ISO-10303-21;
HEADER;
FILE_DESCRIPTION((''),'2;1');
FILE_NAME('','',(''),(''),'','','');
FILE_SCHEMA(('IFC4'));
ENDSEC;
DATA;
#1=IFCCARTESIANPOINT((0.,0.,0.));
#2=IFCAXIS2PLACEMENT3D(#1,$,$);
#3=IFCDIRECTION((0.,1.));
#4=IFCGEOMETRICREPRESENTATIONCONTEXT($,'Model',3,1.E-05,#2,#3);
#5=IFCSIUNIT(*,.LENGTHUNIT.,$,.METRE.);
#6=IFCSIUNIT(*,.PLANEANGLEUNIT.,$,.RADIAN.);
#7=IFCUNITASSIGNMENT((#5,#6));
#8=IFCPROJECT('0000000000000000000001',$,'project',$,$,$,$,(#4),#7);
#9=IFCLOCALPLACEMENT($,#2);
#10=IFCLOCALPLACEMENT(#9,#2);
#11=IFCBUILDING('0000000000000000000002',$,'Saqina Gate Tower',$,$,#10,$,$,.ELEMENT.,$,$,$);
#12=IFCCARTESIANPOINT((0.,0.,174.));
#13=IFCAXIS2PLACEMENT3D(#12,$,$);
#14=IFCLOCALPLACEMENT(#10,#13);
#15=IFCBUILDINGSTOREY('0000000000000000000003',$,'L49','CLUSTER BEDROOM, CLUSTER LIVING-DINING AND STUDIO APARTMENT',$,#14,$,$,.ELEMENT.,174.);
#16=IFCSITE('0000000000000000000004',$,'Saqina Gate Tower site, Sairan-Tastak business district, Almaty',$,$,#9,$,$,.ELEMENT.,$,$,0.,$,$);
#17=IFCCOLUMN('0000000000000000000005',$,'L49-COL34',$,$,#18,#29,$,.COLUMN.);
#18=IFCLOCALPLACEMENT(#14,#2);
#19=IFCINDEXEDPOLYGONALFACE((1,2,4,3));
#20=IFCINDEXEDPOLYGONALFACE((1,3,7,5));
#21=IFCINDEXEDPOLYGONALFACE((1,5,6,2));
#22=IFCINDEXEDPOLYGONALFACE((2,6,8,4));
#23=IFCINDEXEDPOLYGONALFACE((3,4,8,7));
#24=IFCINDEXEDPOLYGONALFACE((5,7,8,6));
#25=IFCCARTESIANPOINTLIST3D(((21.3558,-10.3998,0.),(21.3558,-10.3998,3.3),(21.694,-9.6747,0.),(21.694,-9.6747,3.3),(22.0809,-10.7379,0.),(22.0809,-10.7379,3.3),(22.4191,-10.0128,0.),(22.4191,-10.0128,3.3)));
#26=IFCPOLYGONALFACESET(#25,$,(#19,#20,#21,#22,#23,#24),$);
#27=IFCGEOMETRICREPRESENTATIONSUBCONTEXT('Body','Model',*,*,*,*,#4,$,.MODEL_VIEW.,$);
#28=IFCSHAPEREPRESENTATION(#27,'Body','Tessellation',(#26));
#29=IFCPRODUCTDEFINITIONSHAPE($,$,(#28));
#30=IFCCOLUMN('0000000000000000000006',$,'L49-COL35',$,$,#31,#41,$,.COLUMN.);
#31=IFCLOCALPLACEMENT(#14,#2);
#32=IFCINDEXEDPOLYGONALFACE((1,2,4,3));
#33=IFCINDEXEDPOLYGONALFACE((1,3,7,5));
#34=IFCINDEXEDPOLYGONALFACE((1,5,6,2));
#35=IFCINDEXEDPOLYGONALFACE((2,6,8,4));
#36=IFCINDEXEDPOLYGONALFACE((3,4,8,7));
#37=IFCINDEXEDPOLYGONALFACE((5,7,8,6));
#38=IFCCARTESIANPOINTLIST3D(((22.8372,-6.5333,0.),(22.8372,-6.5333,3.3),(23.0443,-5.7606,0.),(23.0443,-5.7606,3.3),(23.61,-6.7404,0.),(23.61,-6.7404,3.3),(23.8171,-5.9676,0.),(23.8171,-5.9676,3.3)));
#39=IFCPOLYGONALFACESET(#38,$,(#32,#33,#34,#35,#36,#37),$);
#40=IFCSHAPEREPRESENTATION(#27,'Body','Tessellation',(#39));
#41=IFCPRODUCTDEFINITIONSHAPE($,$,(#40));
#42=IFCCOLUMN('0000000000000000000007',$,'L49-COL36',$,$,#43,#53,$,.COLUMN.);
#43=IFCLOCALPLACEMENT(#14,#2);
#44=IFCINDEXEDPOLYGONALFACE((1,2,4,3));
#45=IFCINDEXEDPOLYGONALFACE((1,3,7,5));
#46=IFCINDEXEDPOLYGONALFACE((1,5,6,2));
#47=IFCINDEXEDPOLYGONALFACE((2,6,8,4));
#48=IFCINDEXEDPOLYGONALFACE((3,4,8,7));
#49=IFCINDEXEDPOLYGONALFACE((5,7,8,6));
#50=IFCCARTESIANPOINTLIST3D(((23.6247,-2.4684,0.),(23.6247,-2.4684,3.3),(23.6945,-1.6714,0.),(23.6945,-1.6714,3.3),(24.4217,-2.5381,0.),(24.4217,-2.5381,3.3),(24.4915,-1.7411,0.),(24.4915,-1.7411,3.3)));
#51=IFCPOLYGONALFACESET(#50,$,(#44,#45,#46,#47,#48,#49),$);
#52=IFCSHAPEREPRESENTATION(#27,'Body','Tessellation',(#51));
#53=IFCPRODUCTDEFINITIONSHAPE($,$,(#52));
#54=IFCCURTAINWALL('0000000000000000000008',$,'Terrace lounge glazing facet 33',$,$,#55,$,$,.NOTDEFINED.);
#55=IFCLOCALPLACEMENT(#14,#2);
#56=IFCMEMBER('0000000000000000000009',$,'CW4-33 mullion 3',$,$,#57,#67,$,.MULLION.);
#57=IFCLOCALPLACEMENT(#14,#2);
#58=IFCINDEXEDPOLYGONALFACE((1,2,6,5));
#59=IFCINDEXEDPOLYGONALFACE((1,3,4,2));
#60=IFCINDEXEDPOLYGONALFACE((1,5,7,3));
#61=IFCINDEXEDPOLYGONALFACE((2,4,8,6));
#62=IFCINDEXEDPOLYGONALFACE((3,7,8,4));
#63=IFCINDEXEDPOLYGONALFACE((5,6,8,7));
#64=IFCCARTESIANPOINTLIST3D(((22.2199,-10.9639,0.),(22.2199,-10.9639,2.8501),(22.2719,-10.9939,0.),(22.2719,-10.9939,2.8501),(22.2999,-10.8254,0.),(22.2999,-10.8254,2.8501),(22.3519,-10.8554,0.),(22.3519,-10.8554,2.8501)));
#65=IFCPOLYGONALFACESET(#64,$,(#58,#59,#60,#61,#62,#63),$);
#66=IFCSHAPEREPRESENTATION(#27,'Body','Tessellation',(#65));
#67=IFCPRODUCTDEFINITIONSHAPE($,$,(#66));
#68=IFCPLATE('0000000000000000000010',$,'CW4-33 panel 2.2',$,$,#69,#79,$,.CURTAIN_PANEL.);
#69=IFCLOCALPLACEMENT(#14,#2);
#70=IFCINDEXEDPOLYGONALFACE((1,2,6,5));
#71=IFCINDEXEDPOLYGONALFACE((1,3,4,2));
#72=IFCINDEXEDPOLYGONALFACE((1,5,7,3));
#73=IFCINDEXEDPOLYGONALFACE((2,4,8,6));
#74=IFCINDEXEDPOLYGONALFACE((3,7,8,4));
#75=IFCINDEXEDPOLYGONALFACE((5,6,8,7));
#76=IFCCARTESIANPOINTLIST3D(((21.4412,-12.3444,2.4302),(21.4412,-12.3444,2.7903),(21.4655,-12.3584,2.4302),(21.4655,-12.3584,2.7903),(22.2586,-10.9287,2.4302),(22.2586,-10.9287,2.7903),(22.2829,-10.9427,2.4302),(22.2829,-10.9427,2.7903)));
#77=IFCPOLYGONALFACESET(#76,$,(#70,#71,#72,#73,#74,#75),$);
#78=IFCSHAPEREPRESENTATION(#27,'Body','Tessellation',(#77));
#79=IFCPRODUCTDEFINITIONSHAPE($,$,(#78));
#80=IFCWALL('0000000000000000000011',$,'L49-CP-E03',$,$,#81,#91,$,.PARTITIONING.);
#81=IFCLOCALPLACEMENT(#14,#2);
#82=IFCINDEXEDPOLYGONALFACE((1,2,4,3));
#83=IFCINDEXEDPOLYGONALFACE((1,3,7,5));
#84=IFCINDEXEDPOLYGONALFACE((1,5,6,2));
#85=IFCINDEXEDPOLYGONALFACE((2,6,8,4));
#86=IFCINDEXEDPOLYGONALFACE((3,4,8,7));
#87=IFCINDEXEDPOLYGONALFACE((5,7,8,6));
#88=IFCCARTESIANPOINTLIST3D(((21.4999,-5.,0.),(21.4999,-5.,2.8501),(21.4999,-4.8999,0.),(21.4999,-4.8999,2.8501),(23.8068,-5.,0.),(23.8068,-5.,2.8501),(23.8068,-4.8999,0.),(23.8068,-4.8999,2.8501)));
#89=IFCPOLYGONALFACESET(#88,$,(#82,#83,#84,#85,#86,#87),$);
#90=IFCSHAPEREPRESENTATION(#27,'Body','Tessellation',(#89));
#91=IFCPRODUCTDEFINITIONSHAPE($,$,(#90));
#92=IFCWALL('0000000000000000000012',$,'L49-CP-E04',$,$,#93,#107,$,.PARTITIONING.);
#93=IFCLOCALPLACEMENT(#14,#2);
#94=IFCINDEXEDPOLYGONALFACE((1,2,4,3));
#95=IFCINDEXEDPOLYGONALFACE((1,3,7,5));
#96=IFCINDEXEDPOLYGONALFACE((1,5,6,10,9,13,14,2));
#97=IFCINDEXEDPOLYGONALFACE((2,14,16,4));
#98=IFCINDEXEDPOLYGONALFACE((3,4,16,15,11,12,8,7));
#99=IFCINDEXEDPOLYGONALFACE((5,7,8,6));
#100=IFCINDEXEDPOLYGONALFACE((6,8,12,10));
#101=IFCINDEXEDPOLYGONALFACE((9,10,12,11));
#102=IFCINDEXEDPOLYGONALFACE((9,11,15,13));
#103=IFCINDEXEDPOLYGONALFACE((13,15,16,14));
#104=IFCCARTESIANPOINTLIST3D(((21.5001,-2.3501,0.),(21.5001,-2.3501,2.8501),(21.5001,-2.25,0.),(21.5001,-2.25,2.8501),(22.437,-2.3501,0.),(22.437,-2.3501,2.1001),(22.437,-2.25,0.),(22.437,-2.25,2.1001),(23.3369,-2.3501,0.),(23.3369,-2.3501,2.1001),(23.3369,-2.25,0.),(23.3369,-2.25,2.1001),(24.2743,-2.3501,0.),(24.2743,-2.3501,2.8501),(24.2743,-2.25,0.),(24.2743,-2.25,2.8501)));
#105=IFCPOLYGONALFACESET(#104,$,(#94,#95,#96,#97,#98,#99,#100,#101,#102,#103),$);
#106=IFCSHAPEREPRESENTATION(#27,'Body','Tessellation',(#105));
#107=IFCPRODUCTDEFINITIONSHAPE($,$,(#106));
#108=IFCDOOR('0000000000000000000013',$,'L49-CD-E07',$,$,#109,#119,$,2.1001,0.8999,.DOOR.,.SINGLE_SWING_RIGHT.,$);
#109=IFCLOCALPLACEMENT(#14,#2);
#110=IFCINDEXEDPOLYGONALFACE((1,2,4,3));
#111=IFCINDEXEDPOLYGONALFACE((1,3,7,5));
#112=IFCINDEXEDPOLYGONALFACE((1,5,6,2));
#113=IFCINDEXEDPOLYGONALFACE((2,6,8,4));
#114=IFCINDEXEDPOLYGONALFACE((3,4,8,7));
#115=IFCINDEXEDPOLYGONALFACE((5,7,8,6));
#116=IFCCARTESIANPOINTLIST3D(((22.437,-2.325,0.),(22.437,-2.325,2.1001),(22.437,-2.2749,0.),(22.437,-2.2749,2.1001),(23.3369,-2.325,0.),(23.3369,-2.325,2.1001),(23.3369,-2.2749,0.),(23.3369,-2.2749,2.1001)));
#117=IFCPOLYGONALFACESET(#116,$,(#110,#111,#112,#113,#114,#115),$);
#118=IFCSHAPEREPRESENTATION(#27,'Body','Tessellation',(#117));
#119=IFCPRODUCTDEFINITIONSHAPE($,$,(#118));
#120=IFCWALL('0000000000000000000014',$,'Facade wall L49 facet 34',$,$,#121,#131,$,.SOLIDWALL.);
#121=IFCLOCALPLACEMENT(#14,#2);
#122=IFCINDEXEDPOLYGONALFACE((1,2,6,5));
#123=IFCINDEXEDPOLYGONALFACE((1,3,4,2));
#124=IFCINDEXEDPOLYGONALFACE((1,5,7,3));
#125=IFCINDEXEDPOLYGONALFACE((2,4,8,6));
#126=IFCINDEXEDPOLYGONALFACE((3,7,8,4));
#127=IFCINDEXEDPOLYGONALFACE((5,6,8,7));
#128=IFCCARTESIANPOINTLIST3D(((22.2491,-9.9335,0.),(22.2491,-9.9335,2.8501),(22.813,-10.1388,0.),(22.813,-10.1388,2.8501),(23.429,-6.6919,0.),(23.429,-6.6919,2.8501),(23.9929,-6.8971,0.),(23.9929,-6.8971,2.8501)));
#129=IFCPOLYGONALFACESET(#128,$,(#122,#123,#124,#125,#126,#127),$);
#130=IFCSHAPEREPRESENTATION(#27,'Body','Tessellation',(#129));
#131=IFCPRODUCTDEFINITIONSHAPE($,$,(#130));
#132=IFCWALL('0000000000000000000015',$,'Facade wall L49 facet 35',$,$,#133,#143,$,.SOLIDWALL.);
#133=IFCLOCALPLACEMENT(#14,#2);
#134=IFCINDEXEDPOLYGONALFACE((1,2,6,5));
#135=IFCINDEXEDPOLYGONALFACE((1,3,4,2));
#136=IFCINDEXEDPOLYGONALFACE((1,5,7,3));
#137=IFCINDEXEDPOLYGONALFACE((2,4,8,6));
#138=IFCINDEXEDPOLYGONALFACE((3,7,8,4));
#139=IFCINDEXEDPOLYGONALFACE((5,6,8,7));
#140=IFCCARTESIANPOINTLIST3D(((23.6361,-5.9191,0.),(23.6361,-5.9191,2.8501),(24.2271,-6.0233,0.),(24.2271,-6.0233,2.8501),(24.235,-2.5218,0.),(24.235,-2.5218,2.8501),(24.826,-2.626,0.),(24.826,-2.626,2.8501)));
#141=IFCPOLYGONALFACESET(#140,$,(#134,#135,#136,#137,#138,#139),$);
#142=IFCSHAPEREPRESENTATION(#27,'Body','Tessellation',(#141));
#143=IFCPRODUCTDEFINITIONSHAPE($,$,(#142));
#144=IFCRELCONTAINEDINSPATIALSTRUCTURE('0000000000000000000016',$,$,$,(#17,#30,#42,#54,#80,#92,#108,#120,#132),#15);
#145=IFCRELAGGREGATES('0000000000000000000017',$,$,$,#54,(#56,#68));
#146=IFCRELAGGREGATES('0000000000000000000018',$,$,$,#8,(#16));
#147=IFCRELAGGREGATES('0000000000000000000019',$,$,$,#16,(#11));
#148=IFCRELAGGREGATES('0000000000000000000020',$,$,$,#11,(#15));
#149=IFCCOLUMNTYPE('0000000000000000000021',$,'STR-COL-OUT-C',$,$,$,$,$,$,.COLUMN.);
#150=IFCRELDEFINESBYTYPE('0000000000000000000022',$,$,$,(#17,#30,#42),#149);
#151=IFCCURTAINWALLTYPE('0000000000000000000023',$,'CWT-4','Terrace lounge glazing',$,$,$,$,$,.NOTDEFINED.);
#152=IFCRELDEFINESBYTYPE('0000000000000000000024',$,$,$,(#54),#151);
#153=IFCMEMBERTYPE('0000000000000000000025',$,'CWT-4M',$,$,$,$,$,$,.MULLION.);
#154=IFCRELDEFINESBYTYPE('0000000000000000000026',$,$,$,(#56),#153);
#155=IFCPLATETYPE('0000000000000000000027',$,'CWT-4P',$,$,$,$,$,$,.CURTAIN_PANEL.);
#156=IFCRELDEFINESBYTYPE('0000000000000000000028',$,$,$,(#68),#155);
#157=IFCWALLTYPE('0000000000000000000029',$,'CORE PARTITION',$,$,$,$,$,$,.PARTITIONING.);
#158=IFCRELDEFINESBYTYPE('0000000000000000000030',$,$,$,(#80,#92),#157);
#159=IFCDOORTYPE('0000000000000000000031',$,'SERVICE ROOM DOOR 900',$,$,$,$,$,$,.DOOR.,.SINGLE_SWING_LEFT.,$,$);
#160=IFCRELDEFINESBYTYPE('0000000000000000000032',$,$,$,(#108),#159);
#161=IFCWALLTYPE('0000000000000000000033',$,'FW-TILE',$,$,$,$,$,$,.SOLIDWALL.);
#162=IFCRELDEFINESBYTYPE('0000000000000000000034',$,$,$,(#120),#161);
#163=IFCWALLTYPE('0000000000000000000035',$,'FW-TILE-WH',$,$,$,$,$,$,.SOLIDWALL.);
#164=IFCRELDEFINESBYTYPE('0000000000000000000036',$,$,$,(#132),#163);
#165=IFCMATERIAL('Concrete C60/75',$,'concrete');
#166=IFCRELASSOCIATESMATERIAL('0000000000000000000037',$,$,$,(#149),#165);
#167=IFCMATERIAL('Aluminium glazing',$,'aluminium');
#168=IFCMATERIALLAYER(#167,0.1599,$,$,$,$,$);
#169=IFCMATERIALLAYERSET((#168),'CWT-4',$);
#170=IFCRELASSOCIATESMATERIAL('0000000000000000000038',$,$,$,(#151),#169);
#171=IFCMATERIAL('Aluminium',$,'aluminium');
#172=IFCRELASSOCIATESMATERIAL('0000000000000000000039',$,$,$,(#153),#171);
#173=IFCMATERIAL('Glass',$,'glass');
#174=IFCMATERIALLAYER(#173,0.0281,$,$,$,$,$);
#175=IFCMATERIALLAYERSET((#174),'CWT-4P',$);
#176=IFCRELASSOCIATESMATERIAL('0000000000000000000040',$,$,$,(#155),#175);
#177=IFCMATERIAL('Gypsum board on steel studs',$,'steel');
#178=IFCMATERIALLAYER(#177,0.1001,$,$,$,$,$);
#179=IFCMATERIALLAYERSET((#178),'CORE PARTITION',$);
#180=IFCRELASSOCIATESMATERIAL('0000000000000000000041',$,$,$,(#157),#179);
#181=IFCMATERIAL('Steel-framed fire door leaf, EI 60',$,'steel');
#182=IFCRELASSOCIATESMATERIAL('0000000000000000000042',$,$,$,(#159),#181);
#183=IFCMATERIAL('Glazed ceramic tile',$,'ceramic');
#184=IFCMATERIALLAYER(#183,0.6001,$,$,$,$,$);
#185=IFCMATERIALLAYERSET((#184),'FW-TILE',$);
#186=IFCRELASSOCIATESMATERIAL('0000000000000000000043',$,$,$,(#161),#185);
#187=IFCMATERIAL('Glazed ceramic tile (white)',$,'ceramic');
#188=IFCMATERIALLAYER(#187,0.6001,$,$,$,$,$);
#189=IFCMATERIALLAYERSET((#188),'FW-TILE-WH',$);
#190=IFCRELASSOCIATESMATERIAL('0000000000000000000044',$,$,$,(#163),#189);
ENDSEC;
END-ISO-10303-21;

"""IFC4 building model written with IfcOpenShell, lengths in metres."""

from ifc_helpers import new_model, si_unit, direction, frame, frame_2d, origin, origin_2d, place, context, subcontext, project, spatial, rectangle, extrude, material, layer, layer_set, material_profile, profile_set, type_object, element, fill, aggregate, save


model = new_model("IFC4")

# Units and contexts
model_context = context("Model", 3, precision=1e-05, world=origin(), true_north=direction((0.0, 1.0)))
body_context = subcontext(model_context, "Body", "Model", "MODEL_VIEW")
ifc_project = project(units=[si_unit("LENGTHUNIT", "METRE"), si_unit("PLANEANGLEUNIT", "RADIAN")], contexts=[model_context])

# Site, building, storey
site_placement = place(None, origin())
site = spatial("IfcSite", under=ifc_project, at=site_placement, Name="Saqina Gate Tower site, Sairan-Tastak business district, Almaty", CompositionType="ELEMENT", RefElevation=0.0)
building_placement = place(site_placement, origin())
building = spatial("IfcBuilding", under=site, at=building_placement, Name="Saqina Gate Tower", CompositionType="ELEMENT")
storey_placement = place(building_placement, frame((0.0, 0.0, 174.0)))
storey = spatial("IfcBuildingStorey", under=building, at=storey_placement, Name="L49", Description="CLUSTER BEDROOM, CLUSTER LIVING-DINING AND STUDIO APARTMENT", CompositionType="ELEMENT", Elevation=174.0)

# Columns
ifc_material_1 = material(Name="Concrete C60/75", Category="concrete")
ifc_material_profile_1 = material_profile(ifc_material_1, rectangle(XDim=0.8, YDim=0.8, at=origin_2d()), Name="RC 800x800")
ifc_profile_set_1 = profile_set([ifc_material_profile_1], Name="Concrete C60/75")
column_type = type_object("IfcColumnType", Name="STR-COL-OUT-C", PredefinedType="COLUMN", material=ifc_profile_set_1)
for number, where, z_axis, x_axis, name in (
    (1, (21.8875, -10.2063, 0.0), (0.0, 0.0, 1.0), (0.906308, -0.422618, 0.0), "L49-COL34"),
    (2, (23.3271, -6.2505, 0.0), (0.0, 0.0, 1.0), (0.965926, -0.258819, 0.0), "L49-COL35"),
    (3, (24.0581, -2.1047, 0.0), (0.0, 0.0, 1.0), (0.996195, -0.087156, 0.0), "L49-COL36"),
):
    element("IfcColumn", number, at=place(storey_placement, frame(where, z_axis=z_axis, x_axis=x_axis)), inside=storey, type_object=column_type, Name=name, PredefinedType="COLUMN", context=body_context, shape_type="SweptSolid", body=[
        extrude(rectangle(XDim=0.8, YDim=0.8, at=origin_2d()), origin(), (0.0, 0.0, 1.0), 3.3),
    ])

# Curtain wall, member, plate
ifc_material_2 = material(Name="Aluminium glazing", Category="aluminium")
ifc_layer_1 = layer(ifc_material_2, 0.1599)
ifc_layer_set_1 = layer_set([ifc_layer_1], Name="CWT-4")
curtain_wall_type = type_object("IfcCurtainWallType", Name="CWT-4", Description="Terrace lounge glazing", PredefinedType="NOTDEFINED", material=ifc_layer_set_1)
curtain_wall_placement = place(storey_placement, origin())
curtain_wall = element("IfcCurtainWall", 4, at=curtain_wall_placement, inside=storey, type_object=curtain_wall_type, Name="Terrace lounge glazing facet 33", PredefinedType="NOTDEFINED")
ifc_material_3 = material(Name="Aluminium", Category="aluminium")
ifc_material_profile_2 = material_profile(ifc_material_3, rectangle(XDim=0.0601, YDim=0.1599, at=origin_2d()), Name="Aluminium 60x160")
ifc_profile_set_2 = profile_set([ifc_material_profile_2], Name="Aluminium")
member_type = type_object("IfcMemberType", Name="CWT-4M", PredefinedType="MULLION", material=ifc_profile_set_2)
member_placement = place(storey_placement, frame((22.2859, -10.9097, 0.0), z_axis=(0.0, 0.0, 1.0), x_axis=(-0.866017, 0.500014, 0.0)))
member = element("IfcMember", 5, at=member_placement, type_object=member_type, Name="CW4-33 mullion 3", PredefinedType="MULLION", context=body_context, shape_type="SweptSolid", body=[
    extrude(rectangle(XDim=0.0601, YDim=0.1599, at=origin_2d()), origin(), (0.0, 0.0, 1.0), 2.8501),
])
ifc_material_4 = material(Name="Glass", Category="glass")
ifc_layer_2 = layer(ifc_material_4, 0.0281)
ifc_layer_set_2 = layer_set([ifc_layer_2], Name="CWT-4P")
plate_type = type_object("IfcPlateType", Name="CWT-4P", PredefinedType="CURTAIN_PANEL", material=ifc_layer_set_2)
plate_placement = place(storey_placement, frame((21.8621, -11.6436, 2.4302), z_axis=(0.0, 0.0, 1.0), x_axis=(0.500014, 0.866017, 0.0)))
plate = element("IfcPlate", 6, at=plate_placement, type_object=plate_type, Name="CW4-33 panel 2.2", PredefinedType="CURTAIN_PANEL", context=body_context, shape_type="SweptSolid", body=[
    extrude(rectangle(XDim=1.6348, YDim=0.0281, at=origin_2d()), origin(), (0.0, 0.0, 1.0), 0.3601),
])
aggregate(curtain_wall, [member, plate])

# Wall
ifc_material_5 = material(Name="Gypsum board on steel studs", Category="steel")
ifc_layer_3 = layer(ifc_material_5, 0.1001)
ifc_layer_set_3 = layer_set([ifc_layer_3], Name="CORE PARTITION")
wall_type_1 = type_object("IfcWallType", Name="CORE PARTITION", PredefinedType="PARTITIONING", material=ifc_layer_set_3)
wall_1_placement = place(storey_placement, frame((21.5, -4.95, 0.0), z_axis=(0.0, 0.0, 1.0), x_axis=(1.0, 0.0, 0.0)))
element("IfcWall", 7, at=wall_1_placement, inside=storey, type_object=wall_type_1, Name="L49-CP-E03", PredefinedType="PARTITIONING", context=body_context, shape_type="SweptSolid", body=[
    extrude(rectangle(XDim=2.3069, YDim=0.1001, at=frame_2d((1.1533, 0.0))), origin(), (0.0, 0.0, 1.0), 2.8501),
])

# Wall, opening, door
wall_2_placement = place(storey_placement, frame((21.5, -2.3, 0.0), z_axis=(0.0, 0.0, 1.0), x_axis=(1.0, 0.0, 0.0)))
wall_2 = element("IfcWall", 8, at=wall_2_placement, inside=storey, type_object=wall_type_1, Name="L49-CP-E04", PredefinedType="PARTITIONING", context=body_context, shape_type="SweptSolid", body=[
    extrude(rectangle(XDim=2.7742, YDim=0.1001, at=frame_2d((1.3872, 0.0))), origin(), (0.0, 0.0, 1.0), 2.8501),
])
opening_1_placement = place(wall_2_placement, frame((0.937, 0.0, 0.0)))
opening_1 = element("IfcOpeningElement", 9, at=opening_1_placement, cuts=wall_2, PredefinedType="OPENING", context=body_context, shape_type="SweptSolid", body=[
    extrude(rectangle(XDim=0.8999, YDim=2.1001, at=frame_2d((0.45, 1.05))), frame((0.0, 0.062, 0.0), z_axis=(0.0, -1.0, 0.0), x_axis=(1.0, 0.0, 0.0)), (0.0, 0.0, 1.0), 0.124),
])
ifc_material_6 = material(Name="Steel-framed fire door leaf, EI 60", Category="steel")
door_type = type_object("IfcDoorType", Name="SERVICE ROOM DOOR 900", OperationType="SINGLE_SWING_LEFT", PredefinedType="DOOR", material=ifc_material_6)
door_1_placement = place(opening_1_placement, frame((0.8999, 0.0, 0.0), z_axis=(0.0, 0.0, 1.0), x_axis=(-1.0, 0.0, 0.0)))
door_1 = element("IfcDoor", 10, at=door_1_placement, inside=storey, type_object=door_type, Name="L49-CD-E07", OperationType="SINGLE_SWING_RIGHT", OverallHeight=2.1001, OverallWidth=0.8999, PredefinedType="DOOR", context=body_context, shape_type="SweptSolid", body=[
    extrude(rectangle(XDim=0.8999, YDim=2.1001, at=frame_2d((0.45, 1.05))), frame((0.0, 0.0249, 0.0), z_axis=(0.0, -1.0, 0.0), x_axis=(1.0, 0.0, 0.0)), (0.0, 0.0, 1.0), 0.05),
])
fill(opening_1, door_1)

# Walls
ifc_material_7 = material(Name="Glazed ceramic tile", Category="ceramic")
ifc_layer_4 = layer(ifc_material_7, 0.6001)
ifc_layer_set_4 = layer_set([ifc_layer_4], Name="FW-TILE")
wall_type_2 = type_object("IfcWallType", Name="FW-TILE", PredefinedType="SOLIDWALL", material=ifc_layer_set_4)
wall_3_placement = place(storey_placement, frame((22.531, -10.0361, 0.0), z_axis=(0.0, 0.0, 1.0), x_axis=(0.342033, 0.939688, 0.0)))
element("IfcWall", 11, at=wall_3_placement, inside=storey, type_object=wall_type_2, Name="Facade wall L49 facet 34", PredefinedType="SOLIDWALL", context=body_context, shape_type="SweptSolid", body=[
    extrude(rectangle(XDim=3.4497, YDim=0.6001, at=frame_2d((1.7249, 0.0))), origin(), (0.0, 0.0, 1.0), 2.8501),
])
ifc_material_8 = material(Name="Glazed ceramic tile (white)", Category="ceramic")
ifc_layer_5 = layer(ifc_material_8, 0.6001)
ifc_layer_set_5 = layer_set([ifc_layer_5], Name="FW-TILE-WH")
wall_type_3 = type_object("IfcWallType", Name="FW-TILE-WH", PredefinedType="SOLIDWALL", material=ifc_layer_set_5)
wall_4_placement = place(storey_placement, frame((23.9316, -5.9712, 0.0), z_axis=(0.0, 0.0, 1.0), x_axis=(0.173608, 0.984815, 0.0)))
element("IfcWall", 12, at=wall_4_placement, inside=storey, type_object=wall_type_3, Name="Facade wall L49 facet 35", PredefinedType="SOLIDWALL", context=body_context, shape_type="SweptSolid", body=[
    extrude(rectangle(XDim=3.4497, YDim=0.6001, at=frame_2d((1.7249, 0.0))), origin(), (0.0, 0.0, 1.0), 2.8501),
])

save(model, "model.ifc")
